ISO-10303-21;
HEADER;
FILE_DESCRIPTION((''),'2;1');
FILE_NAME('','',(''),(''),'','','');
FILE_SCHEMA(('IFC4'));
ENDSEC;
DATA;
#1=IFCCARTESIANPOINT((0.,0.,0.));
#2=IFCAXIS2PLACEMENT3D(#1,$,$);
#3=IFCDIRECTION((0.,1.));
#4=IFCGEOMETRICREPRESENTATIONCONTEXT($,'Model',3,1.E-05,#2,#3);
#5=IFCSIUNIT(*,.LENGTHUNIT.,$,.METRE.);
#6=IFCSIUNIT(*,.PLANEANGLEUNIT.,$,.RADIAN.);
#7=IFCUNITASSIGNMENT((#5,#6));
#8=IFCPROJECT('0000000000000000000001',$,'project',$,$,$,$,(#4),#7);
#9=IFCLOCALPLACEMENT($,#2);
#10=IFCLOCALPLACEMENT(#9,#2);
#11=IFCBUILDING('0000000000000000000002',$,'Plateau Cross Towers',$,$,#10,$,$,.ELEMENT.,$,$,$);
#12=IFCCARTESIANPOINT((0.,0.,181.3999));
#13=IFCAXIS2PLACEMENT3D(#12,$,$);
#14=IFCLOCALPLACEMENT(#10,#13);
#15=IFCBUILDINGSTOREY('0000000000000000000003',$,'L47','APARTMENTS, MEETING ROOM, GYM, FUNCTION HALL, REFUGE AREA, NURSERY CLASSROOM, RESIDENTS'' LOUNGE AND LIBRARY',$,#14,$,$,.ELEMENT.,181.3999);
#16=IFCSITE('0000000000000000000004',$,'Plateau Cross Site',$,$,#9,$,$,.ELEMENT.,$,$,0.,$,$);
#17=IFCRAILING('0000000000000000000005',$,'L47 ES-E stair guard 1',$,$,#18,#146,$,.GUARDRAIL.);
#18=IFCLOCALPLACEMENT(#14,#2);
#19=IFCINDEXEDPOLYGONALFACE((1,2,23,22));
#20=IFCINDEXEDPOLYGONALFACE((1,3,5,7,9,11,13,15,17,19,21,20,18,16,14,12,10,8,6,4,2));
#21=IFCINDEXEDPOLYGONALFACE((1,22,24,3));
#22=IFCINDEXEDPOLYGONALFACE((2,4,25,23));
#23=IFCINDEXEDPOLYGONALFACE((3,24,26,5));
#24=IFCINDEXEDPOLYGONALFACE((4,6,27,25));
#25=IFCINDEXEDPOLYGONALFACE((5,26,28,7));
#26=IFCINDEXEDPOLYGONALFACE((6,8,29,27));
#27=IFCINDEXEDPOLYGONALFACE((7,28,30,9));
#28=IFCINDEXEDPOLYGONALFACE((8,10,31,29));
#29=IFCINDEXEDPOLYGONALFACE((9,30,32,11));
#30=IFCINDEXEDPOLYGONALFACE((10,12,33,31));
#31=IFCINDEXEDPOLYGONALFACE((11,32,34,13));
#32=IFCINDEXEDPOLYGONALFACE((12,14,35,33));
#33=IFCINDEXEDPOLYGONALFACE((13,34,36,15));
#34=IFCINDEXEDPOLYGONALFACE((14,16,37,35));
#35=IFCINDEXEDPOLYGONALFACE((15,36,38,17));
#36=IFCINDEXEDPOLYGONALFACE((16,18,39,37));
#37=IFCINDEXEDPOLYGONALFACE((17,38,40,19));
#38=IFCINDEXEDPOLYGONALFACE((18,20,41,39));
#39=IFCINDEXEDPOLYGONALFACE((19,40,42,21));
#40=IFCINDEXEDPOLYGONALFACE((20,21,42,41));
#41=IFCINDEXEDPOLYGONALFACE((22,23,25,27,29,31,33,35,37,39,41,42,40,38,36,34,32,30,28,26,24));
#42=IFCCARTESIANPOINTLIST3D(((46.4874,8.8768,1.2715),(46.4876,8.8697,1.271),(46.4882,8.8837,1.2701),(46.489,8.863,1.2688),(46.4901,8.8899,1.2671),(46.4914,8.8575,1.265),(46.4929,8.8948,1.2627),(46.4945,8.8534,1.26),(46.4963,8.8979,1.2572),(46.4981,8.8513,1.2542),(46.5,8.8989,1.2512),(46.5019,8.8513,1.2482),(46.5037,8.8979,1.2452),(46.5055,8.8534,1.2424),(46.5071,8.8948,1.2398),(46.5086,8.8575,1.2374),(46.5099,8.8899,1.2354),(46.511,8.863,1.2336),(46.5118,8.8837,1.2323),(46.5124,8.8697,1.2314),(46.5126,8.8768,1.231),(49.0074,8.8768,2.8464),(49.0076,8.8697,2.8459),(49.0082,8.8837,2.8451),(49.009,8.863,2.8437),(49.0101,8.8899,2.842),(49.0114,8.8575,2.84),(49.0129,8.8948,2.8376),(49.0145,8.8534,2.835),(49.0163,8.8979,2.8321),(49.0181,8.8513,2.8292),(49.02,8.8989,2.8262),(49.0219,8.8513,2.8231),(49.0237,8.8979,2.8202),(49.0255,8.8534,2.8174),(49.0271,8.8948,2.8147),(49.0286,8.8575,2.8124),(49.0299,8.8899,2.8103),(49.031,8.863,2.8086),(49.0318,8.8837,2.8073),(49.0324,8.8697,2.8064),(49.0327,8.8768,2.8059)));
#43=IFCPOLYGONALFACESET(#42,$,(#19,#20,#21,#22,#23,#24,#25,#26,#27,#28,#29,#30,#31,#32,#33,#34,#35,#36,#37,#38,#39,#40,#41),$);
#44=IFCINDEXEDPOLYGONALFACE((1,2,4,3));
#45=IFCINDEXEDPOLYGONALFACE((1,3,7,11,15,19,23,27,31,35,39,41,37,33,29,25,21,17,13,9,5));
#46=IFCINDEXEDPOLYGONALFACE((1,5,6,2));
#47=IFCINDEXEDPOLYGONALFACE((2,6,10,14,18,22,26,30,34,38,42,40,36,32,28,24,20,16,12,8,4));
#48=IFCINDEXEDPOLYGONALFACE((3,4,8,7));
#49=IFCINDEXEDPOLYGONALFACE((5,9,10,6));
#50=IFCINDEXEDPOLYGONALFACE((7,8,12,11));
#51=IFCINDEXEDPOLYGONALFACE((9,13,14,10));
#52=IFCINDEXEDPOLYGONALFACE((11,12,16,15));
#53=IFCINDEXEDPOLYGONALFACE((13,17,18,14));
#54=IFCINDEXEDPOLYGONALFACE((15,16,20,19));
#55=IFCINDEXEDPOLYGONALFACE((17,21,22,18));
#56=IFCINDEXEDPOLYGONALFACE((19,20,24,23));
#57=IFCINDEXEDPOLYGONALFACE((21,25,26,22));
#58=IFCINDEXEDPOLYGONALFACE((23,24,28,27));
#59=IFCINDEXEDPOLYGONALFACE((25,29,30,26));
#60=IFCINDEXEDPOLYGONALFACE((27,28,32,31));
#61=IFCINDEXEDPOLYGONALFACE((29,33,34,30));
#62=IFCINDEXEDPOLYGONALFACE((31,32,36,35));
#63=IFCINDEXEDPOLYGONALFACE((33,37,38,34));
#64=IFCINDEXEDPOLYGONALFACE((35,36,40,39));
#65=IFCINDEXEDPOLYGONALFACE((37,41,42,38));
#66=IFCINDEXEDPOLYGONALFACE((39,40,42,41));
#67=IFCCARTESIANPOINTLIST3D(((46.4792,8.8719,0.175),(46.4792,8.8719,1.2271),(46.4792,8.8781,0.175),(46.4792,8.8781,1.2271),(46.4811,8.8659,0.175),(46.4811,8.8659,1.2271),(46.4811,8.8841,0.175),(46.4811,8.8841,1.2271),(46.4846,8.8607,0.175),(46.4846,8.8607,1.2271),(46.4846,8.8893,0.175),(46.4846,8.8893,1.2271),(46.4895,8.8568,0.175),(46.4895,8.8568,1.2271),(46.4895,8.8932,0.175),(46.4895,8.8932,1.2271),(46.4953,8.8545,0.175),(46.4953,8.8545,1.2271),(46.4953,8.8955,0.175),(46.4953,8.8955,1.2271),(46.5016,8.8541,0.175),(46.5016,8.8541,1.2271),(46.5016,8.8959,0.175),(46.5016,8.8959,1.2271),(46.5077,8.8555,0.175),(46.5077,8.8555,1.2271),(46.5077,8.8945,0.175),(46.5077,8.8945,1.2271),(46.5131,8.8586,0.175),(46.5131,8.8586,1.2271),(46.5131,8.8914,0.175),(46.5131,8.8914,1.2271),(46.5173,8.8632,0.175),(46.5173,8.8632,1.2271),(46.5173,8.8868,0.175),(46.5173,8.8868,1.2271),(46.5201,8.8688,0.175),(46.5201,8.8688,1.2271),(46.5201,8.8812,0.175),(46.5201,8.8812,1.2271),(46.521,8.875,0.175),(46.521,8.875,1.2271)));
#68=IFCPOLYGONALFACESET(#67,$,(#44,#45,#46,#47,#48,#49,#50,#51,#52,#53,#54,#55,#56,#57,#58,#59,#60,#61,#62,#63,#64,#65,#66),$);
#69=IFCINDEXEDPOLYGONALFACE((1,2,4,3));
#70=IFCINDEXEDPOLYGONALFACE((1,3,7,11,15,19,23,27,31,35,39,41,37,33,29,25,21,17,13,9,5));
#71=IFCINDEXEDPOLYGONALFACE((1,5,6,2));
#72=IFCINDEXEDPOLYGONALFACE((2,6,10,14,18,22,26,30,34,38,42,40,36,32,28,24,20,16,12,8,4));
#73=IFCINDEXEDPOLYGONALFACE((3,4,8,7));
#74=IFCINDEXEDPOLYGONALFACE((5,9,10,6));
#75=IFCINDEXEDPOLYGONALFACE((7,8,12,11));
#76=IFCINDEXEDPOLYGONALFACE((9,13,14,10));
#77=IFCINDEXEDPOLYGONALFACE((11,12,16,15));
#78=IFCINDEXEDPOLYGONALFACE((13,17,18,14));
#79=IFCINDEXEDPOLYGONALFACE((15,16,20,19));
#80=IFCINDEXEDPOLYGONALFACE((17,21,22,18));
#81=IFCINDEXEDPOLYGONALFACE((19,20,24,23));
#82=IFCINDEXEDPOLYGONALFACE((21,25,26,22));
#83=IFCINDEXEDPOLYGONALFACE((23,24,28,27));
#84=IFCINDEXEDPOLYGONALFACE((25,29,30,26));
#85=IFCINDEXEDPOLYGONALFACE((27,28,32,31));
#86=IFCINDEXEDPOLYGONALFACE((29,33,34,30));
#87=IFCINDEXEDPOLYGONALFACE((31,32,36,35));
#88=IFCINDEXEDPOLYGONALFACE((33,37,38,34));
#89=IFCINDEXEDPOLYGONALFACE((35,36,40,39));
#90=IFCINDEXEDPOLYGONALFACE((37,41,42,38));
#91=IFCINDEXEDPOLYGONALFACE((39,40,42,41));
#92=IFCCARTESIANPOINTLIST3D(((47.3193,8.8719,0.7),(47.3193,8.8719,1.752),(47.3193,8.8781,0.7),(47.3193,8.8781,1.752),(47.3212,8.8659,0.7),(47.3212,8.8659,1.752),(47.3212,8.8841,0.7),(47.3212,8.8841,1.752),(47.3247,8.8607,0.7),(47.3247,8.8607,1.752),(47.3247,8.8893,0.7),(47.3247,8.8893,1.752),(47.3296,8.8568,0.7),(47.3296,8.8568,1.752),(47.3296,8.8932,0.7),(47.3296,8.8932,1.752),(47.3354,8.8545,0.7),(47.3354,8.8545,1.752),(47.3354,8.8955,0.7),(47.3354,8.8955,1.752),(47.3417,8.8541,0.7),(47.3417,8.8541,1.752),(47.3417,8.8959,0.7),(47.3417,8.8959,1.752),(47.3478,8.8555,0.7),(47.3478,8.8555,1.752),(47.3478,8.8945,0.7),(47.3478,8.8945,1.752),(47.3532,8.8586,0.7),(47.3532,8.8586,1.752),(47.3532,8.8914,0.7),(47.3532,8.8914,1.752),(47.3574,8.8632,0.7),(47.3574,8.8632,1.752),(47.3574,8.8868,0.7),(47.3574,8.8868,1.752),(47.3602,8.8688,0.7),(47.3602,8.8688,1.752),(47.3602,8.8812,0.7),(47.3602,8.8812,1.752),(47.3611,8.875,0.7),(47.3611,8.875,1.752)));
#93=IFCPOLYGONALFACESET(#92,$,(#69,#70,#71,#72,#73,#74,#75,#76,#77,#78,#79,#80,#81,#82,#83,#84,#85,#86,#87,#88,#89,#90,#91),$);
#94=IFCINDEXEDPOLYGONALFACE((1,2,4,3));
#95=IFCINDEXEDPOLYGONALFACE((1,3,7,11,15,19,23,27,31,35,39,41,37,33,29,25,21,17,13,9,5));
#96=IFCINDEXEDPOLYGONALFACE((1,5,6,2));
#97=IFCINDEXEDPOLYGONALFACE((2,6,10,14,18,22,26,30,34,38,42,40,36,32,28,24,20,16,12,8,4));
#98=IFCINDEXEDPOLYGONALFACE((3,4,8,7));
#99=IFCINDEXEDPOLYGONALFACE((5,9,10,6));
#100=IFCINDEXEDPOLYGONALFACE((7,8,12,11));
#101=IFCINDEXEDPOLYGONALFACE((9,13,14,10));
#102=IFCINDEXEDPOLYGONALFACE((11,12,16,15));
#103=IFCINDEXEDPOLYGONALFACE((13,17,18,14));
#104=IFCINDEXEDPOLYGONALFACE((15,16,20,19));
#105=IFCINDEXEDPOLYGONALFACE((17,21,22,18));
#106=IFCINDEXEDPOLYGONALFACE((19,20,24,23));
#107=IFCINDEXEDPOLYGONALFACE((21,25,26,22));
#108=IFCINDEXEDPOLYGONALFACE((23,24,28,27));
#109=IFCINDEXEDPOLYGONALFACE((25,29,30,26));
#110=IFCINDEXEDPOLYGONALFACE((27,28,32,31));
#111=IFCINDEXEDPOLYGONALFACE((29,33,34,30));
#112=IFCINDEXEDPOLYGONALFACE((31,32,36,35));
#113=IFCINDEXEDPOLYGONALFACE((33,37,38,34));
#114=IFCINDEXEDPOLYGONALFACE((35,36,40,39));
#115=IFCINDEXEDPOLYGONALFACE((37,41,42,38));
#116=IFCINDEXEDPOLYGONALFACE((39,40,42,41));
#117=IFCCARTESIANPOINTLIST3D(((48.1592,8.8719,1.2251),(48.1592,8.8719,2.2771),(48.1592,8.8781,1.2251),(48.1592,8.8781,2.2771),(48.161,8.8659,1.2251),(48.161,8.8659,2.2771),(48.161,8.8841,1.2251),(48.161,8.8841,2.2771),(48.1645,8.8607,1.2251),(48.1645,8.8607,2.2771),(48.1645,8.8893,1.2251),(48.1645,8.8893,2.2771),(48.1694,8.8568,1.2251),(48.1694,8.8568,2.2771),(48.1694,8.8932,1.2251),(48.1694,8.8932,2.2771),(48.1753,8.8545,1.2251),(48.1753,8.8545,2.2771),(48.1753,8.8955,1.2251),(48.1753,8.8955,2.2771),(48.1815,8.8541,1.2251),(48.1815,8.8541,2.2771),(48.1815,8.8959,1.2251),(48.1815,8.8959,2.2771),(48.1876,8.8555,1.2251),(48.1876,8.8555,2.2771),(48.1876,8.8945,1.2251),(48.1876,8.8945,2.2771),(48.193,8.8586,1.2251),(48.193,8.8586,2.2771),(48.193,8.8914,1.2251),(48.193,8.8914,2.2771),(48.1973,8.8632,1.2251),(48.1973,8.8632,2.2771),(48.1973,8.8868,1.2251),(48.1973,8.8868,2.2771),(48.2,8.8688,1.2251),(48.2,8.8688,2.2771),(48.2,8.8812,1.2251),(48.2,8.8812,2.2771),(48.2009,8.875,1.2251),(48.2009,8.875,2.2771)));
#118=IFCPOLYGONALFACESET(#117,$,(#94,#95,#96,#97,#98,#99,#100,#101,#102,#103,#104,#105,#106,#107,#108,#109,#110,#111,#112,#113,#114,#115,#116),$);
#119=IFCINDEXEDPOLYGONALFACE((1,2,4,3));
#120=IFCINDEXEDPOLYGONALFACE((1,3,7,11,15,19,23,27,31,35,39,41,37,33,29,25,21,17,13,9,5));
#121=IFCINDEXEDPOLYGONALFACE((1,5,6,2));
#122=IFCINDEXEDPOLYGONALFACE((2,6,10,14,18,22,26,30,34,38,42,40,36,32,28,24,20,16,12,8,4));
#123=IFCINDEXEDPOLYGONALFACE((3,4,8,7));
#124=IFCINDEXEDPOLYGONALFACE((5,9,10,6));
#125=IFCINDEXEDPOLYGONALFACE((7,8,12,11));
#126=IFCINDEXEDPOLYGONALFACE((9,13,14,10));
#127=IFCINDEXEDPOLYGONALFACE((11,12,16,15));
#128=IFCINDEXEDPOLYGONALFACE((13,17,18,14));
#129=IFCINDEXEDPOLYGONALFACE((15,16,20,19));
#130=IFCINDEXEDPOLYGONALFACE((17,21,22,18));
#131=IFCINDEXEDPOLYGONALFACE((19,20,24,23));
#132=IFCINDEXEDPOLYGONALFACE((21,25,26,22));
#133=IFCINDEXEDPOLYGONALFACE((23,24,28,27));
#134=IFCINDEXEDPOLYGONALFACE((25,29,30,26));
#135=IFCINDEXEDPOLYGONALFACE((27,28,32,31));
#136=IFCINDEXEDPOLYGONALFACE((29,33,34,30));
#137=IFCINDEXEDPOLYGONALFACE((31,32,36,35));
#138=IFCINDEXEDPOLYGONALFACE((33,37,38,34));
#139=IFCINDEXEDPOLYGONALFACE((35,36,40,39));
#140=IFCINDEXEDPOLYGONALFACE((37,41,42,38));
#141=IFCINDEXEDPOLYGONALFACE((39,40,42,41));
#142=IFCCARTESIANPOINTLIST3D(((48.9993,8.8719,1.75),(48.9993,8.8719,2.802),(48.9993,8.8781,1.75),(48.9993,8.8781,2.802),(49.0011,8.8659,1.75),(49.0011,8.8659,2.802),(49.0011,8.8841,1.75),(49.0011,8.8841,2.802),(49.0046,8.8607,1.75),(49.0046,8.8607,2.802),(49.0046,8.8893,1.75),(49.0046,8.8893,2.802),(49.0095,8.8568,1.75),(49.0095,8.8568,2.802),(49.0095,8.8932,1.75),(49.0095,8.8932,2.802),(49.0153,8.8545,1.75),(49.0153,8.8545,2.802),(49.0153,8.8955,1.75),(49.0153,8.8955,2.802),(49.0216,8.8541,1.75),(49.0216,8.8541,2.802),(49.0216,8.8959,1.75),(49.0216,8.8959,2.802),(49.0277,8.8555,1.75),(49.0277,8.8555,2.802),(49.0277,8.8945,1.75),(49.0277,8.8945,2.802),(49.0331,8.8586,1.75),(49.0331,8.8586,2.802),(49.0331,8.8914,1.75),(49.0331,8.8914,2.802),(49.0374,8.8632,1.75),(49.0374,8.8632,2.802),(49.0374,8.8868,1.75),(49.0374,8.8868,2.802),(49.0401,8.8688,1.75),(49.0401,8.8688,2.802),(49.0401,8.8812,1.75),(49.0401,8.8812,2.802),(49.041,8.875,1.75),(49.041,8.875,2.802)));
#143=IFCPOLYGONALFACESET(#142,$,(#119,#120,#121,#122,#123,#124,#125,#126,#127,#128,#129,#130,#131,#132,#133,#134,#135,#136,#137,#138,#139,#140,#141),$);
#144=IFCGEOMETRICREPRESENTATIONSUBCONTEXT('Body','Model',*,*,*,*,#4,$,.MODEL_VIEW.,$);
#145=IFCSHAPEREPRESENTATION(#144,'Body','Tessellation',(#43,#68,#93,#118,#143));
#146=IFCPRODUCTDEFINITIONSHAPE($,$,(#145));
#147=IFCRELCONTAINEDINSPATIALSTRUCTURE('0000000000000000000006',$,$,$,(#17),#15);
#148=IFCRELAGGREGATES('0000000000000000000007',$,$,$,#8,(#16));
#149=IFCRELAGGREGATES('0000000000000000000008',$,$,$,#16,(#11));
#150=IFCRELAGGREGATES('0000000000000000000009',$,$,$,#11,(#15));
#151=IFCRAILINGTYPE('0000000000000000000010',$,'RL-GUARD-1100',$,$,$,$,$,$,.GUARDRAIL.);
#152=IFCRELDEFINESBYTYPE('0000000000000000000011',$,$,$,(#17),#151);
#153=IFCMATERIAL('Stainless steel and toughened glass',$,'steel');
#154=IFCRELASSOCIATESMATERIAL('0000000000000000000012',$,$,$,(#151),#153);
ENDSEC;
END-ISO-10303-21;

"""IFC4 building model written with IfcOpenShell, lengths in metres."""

from ifc_helpers import new_model, si_unit, direction, frame, origin, origin_2d, place, context, subcontext, project, spatial, circle, extrude, material, type_object, element, save


model = new_model("IFC4")

# Units and contexts
model_context = context("Model", 3, precision=1e-05, world=origin(), true_north=direction((0.0, 1.0)))
body_context = subcontext(model_context, "Body", "Model", "MODEL_VIEW")
ifc_project = project(units=[si_unit("LENGTHUNIT", "METRE"), si_unit("PLANEANGLEUNIT", "RADIAN")], contexts=[model_context])

# Site, building, storey
site_placement = place(None, origin())
site = spatial("IfcSite", under=ifc_project, at=site_placement, Name="Plateau Cross Site", CompositionType="ELEMENT", RefElevation=0.0)
building_placement = place(site_placement, origin())
building = spatial("IfcBuilding", under=site, at=building_placement, Name="Plateau Cross Towers", CompositionType="ELEMENT")
storey_placement = place(building_placement, frame((0.0, 0.0, 181.3999)))
storey = spatial("IfcBuildingStorey", under=building, at=storey_placement, Name="L47", Description="APARTMENTS, MEETING ROOM, GYM, FUNCTION HALL, REFUGE AREA, NURSERY CLASSROOM, RESIDENTS' LOUNGE AND LIBRARY", CompositionType="ELEMENT", Elevation=181.3999)

# Railing
ifc_material_1 = material(Name="Stainless steel and toughened glass", Category="steel")
railing_type_1 = type_object("IfcRailingType", Name="RL-GUARD-1100", PredefinedType="GUARDRAIL", material=ifc_material_1)
railing_1_placement = place(storey_placement, frame((46.5, 8.875, 0.175)))
element("IfcRailing", 1, at=railing_1_placement, inside=storey, type_object=railing_type_1, Name="L47 ES-E stair guard 1", PredefinedType="GUARDRAIL", context=body_context, shape_type="SweptSolid", body=[
    extrude(circle(Radius=0.0239, at=origin_2d()), frame((0.0, 0.0, 1.0762), z_axis=(0.848008, 0.0, 0.529984), x_axis=(0.0, 1.0, 0.0)), (0.0, 0.0, 1.0), 2.9717),
    extrude(circle(Radius=0.021, at=origin_2d()), origin(), (0.0, 0.0, 1.0), 1.052),
    extrude(circle(Radius=0.021, at=origin_2d()), frame((0.8401, 0.0, 0.5249)), (0.0, 0.0, 1.0), 1.052),
    extrude(circle(Radius=0.021, at=origin_2d()), frame((1.6799, 0.0, 1.05)), (0.0, 0.0, 1.0), 1.052),
    extrude(circle(Radius=0.021, at=origin_2d()), frame((2.52, 0.0, 1.575)), (0.0, 0.0, 1.0), 1.052),
])

save(model, "model.ifc")
